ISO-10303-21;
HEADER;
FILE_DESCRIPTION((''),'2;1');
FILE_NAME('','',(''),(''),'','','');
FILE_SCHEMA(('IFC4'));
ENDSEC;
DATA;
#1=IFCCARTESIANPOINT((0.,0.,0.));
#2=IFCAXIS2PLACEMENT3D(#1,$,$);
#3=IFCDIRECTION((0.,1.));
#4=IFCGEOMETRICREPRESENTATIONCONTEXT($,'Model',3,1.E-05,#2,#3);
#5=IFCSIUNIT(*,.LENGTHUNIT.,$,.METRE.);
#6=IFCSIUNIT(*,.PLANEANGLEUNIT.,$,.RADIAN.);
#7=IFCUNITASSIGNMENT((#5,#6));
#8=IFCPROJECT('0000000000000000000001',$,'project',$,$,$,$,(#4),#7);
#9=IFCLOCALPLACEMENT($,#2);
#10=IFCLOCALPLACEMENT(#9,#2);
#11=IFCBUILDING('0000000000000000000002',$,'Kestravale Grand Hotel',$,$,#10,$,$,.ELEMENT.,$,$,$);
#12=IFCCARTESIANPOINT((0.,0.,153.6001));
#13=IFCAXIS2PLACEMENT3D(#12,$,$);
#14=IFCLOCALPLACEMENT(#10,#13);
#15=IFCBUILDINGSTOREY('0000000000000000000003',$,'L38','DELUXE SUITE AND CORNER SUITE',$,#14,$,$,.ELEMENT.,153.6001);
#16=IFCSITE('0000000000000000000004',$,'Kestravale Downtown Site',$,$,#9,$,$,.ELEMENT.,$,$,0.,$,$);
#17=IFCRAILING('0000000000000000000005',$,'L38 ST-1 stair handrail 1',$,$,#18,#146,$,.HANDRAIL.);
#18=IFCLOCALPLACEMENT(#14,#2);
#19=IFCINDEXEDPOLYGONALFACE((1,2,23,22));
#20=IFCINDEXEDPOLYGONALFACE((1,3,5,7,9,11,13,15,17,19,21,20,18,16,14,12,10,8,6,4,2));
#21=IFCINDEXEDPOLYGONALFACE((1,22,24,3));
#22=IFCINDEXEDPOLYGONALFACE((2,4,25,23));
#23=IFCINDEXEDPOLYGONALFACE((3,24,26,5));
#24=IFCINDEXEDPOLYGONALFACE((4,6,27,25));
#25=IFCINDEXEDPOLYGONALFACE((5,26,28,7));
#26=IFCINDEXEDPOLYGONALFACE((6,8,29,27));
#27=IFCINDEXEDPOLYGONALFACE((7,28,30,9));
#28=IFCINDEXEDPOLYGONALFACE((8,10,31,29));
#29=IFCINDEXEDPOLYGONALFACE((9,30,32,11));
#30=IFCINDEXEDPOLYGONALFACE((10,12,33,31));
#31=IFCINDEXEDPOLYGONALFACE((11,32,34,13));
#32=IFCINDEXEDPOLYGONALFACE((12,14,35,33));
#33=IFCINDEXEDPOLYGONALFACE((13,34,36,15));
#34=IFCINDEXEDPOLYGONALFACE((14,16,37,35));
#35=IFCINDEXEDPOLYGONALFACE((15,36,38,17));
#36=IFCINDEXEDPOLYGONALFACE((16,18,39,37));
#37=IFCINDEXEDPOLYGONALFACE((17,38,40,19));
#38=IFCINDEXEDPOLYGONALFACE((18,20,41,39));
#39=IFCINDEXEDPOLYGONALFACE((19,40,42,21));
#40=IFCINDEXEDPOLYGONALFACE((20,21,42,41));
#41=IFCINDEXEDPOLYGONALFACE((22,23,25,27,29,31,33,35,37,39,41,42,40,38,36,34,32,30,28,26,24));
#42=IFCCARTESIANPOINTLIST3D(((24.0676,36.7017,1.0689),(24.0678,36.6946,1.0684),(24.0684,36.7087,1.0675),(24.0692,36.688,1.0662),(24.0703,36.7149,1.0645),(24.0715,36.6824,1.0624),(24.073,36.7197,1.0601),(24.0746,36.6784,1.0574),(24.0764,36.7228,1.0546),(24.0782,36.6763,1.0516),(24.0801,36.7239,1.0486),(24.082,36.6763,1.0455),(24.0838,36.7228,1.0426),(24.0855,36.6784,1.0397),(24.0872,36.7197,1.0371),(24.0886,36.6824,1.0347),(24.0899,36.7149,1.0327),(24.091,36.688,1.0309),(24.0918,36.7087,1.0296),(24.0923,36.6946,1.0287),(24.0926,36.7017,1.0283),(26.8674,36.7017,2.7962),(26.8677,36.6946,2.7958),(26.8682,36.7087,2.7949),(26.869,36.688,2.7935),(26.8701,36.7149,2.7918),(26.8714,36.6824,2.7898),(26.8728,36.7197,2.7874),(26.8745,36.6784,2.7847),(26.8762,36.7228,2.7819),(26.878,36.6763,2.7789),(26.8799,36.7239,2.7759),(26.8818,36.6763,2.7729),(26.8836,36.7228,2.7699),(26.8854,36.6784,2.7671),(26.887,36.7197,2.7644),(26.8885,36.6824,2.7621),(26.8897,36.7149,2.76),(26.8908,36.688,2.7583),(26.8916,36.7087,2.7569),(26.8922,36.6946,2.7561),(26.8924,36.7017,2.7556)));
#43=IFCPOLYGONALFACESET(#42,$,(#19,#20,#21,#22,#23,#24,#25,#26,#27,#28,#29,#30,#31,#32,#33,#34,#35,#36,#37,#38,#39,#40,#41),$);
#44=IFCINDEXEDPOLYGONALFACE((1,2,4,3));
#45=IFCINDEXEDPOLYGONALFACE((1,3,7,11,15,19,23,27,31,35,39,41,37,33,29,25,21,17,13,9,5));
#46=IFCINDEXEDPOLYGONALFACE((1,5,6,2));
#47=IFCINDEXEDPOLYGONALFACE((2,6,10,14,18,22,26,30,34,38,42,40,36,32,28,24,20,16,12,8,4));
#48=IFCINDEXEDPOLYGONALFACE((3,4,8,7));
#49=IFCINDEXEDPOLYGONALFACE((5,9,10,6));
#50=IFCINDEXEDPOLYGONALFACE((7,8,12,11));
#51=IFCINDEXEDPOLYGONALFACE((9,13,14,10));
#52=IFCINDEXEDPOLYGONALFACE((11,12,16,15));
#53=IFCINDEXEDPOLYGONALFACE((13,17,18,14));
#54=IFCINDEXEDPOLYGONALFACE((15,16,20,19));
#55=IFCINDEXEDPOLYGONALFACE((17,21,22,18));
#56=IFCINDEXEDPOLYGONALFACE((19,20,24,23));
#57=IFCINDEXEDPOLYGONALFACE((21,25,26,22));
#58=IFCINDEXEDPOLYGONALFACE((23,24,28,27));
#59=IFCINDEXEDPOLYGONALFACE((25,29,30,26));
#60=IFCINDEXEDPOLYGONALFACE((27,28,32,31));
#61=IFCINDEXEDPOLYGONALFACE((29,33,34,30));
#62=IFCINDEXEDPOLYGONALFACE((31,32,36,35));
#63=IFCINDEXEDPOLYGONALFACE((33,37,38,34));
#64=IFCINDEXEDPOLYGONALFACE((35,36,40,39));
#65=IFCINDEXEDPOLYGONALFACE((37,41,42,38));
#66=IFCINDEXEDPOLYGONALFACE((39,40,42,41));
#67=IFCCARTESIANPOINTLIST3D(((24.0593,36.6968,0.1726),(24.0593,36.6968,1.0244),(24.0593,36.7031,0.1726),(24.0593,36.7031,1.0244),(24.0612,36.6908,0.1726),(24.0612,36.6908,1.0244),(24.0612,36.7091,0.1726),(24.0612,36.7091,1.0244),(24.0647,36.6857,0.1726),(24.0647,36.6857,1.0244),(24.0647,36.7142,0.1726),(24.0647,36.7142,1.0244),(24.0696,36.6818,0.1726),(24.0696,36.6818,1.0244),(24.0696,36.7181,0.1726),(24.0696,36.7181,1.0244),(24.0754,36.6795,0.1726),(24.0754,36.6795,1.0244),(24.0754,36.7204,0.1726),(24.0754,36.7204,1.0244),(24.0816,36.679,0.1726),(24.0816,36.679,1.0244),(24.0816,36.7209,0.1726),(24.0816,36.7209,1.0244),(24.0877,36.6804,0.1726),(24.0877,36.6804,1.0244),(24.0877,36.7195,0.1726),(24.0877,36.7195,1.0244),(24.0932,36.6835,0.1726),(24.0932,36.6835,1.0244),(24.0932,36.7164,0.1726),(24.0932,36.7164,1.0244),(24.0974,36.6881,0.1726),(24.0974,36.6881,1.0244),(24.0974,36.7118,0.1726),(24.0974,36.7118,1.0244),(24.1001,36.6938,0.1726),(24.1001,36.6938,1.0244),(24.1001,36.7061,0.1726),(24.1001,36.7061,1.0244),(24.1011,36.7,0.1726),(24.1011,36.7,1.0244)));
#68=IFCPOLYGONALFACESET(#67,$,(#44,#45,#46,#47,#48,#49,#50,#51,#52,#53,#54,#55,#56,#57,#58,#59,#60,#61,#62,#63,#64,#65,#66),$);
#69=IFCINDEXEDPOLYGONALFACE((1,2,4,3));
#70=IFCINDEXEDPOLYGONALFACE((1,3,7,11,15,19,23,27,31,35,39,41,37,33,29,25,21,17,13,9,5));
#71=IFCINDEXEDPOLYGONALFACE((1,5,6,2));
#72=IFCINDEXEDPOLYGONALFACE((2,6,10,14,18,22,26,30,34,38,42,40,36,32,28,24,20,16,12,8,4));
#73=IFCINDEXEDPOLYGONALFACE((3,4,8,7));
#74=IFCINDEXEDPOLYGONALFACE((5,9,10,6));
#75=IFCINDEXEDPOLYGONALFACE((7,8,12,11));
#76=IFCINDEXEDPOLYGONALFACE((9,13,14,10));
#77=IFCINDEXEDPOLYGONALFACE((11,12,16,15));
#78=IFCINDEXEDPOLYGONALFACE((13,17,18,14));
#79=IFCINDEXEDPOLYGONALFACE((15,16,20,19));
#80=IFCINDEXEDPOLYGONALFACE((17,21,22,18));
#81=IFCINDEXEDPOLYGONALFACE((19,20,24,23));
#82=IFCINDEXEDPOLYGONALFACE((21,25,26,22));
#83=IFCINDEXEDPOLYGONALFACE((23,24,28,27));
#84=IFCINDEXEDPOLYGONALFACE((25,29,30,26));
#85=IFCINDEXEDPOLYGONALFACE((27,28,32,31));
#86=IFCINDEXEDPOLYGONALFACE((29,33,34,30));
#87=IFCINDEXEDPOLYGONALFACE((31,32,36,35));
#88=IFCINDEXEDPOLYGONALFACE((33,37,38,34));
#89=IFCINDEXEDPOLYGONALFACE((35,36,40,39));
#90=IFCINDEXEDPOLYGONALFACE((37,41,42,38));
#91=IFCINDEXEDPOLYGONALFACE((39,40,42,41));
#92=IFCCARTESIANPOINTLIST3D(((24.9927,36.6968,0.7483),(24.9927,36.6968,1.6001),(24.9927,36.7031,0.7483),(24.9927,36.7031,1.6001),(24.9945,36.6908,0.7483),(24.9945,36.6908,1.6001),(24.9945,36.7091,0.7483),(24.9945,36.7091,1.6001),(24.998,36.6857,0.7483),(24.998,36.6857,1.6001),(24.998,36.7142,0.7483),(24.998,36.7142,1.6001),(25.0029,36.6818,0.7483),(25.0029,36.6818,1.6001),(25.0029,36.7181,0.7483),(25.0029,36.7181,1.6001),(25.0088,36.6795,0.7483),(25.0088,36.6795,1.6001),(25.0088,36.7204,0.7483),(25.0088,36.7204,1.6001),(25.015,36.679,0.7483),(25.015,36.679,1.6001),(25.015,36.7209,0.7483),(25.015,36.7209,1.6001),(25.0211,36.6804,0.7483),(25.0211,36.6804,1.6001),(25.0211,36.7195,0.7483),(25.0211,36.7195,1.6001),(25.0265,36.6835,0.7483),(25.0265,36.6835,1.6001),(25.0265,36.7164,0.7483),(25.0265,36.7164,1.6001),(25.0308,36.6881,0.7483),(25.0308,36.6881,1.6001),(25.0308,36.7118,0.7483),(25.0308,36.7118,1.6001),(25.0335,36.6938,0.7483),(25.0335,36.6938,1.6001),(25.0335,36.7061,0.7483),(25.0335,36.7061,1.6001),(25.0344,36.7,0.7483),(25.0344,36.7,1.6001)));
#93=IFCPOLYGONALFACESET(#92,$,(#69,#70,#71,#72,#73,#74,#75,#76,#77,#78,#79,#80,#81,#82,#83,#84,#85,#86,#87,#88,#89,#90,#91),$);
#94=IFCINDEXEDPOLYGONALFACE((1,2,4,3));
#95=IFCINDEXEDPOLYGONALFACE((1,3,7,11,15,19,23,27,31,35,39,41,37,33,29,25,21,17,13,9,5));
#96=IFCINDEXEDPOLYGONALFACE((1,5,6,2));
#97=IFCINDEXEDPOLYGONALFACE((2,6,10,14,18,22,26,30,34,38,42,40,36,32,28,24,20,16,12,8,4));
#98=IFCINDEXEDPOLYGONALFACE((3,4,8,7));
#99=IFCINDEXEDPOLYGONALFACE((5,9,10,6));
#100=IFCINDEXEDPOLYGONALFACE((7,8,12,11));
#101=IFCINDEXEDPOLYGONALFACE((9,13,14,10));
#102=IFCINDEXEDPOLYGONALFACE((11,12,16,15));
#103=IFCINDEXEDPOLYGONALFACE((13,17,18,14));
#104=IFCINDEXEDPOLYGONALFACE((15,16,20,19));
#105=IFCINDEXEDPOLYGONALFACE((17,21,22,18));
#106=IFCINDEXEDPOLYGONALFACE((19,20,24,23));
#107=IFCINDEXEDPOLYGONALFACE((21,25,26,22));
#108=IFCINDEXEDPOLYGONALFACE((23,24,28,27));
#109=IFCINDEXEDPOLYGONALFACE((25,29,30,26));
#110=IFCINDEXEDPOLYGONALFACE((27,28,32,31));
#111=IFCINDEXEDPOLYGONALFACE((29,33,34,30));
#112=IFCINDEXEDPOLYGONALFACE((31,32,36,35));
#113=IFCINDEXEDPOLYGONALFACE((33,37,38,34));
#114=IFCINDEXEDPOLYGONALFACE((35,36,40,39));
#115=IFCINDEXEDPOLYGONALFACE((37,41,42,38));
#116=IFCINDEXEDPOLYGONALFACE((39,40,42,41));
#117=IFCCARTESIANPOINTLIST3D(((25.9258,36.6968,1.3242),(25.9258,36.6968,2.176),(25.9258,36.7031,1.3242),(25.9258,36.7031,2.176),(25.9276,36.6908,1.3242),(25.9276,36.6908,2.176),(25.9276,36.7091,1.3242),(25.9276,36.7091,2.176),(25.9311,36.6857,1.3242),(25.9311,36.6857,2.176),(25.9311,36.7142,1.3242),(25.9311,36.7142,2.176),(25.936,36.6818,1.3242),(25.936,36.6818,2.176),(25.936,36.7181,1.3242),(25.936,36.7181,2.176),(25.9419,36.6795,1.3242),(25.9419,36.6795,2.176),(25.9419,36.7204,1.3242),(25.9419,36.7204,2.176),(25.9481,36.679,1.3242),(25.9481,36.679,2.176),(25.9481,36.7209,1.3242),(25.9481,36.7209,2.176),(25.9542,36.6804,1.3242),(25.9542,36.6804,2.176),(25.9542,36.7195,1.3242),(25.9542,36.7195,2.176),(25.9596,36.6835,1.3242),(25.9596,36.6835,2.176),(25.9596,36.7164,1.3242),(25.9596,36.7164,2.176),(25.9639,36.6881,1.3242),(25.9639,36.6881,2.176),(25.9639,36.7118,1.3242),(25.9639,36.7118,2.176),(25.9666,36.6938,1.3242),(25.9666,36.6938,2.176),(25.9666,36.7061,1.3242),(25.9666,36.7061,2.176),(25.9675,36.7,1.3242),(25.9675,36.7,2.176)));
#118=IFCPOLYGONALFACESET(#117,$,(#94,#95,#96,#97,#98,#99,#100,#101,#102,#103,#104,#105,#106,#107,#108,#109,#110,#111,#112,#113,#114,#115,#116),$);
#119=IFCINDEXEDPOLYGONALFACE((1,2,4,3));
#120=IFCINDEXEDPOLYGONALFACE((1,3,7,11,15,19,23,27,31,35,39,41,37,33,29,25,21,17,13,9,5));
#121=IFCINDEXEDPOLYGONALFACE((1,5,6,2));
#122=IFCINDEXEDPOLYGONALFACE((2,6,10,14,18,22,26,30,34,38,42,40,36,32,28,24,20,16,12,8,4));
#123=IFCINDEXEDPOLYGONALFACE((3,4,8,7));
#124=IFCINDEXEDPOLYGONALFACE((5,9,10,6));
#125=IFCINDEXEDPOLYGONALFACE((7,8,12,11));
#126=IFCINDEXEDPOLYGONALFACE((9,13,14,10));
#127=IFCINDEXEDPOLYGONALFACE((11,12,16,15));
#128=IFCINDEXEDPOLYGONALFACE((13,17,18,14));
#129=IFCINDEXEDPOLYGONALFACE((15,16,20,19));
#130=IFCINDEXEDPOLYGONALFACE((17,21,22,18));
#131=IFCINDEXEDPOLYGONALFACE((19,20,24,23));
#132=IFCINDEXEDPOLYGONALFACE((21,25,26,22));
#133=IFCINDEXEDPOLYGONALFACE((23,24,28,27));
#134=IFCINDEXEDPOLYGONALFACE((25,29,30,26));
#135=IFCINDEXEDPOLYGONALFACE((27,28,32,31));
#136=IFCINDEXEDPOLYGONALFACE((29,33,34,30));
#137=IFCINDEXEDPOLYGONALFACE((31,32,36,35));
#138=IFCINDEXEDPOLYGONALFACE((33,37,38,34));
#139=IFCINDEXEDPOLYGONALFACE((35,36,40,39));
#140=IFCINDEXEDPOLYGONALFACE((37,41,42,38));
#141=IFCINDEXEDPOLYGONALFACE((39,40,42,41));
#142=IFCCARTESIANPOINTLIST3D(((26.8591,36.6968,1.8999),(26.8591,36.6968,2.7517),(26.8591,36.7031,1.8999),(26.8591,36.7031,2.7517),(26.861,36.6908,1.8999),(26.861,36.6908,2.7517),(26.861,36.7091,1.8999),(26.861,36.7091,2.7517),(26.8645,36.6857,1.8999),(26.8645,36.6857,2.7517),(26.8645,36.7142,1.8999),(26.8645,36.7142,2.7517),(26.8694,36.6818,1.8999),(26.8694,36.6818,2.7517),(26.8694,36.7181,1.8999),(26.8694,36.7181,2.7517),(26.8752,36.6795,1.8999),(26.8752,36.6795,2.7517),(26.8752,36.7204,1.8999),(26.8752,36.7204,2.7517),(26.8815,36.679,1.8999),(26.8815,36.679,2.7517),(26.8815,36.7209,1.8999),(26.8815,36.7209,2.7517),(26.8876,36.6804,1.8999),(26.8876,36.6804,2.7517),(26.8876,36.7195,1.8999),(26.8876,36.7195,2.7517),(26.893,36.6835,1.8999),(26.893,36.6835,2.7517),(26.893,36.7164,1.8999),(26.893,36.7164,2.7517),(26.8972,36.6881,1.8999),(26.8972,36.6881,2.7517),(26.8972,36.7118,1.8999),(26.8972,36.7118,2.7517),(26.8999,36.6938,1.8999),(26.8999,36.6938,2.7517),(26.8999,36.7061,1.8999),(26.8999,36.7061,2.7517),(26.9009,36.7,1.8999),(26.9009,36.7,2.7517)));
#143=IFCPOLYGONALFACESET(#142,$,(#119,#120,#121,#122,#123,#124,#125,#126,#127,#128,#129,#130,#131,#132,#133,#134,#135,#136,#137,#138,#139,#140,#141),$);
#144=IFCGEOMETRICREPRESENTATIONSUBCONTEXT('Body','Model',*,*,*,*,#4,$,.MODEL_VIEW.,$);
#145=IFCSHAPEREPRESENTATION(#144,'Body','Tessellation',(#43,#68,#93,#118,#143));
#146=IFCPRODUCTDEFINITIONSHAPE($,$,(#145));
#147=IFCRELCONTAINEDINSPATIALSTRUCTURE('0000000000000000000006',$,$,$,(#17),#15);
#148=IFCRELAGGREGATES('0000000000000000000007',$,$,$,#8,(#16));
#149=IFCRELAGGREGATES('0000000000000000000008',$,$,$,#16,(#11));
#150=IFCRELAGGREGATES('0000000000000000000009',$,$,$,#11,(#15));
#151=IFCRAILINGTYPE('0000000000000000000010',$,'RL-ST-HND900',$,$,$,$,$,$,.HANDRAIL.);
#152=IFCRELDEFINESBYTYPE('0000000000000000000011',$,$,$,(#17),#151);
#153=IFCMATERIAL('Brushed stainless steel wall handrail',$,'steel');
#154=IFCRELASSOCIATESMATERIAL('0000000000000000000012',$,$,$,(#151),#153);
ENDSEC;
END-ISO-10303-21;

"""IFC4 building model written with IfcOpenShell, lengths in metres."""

from ifc_helpers import new_model, si_unit, direction, frame, origin, origin_2d, place, context, subcontext, project, spatial, circle, extrude, material, type_object, element, save


model = new_model("IFC4")

# Units and contexts
model_context = context("Model", 3, precision=1e-05, world=origin(), true_north=direction((0.0, 1.0)))
body_context = subcontext(model_context, "Body", "Model", "MODEL_VIEW")
ifc_project = project(units=[si_unit("LENGTHUNIT", "METRE"), si_unit("PLANEANGLEUNIT", "RADIAN")], contexts=[model_context])

# Site, building, storey
site_placement = place(None, origin())
site = spatial("IfcSite", under=ifc_project, at=site_placement, Name="Kestravale Downtown Site", CompositionType="ELEMENT", RefElevation=0.0)
building_placement = place(site_placement, origin())
building = spatial("IfcBuilding", under=site, at=building_placement, Name="Kestravale Grand Hotel", CompositionType="ELEMENT")
storey_placement = place(building_placement, frame((0.0, 0.0, 153.6001)))
storey = spatial("IfcBuildingStorey", under=building, at=storey_placement, Name="L38", Description="DELUXE SUITE AND CORNER SUITE", CompositionType="ELEMENT", Elevation=153.6001)

# Railing
ifc_material_1 = material(Name="Brushed stainless steel wall handrail", Category="steel")
railing_type_1 = type_object("IfcRailingType", Name="RL-ST-HND900", PredefinedType="HANDRAIL", material=ifc_material_1)
railing_1_placement = place(storey_placement, frame((24.0801, 36.7, 0.1726)))
element("IfcRailing", 1, at=railing_1_placement, inside=storey, type_object=railing_type_1, Name="L38 ST-1 stair handrail 1", PredefinedType="HANDRAIL", context=body_context, shape_type="SweptSolid", body=[
    extrude(circle(Radius=0.0239, at=origin_2d()), frame((0.0, 0.0, 0.876), z_axis=(0.851069, 0.0, 0.525054), x_axis=(0.0, 1.0, 0.0)), (0.0, 0.0, 1.0), 3.2898),
    extrude(circle(Radius=0.021, at=origin_2d()), origin(), (0.0, 0.0, 1.0), 0.8518),
    extrude(circle(Radius=0.021, at=origin_2d()), frame((0.9333, 0.0, 0.5757)), (0.0, 0.0, 1.0), 0.8518),
    extrude(circle(Radius=0.021, at=origin_2d()), frame((1.8665, 0.0, 1.1516)), (0.0, 0.0, 1.0), 0.8518),
    extrude(circle(Radius=0.021, at=origin_2d()), frame((2.7998, 0.0, 1.7273)), (0.0, 0.0, 1.0), 0.8518),
])

save(model, "model.ifc")
